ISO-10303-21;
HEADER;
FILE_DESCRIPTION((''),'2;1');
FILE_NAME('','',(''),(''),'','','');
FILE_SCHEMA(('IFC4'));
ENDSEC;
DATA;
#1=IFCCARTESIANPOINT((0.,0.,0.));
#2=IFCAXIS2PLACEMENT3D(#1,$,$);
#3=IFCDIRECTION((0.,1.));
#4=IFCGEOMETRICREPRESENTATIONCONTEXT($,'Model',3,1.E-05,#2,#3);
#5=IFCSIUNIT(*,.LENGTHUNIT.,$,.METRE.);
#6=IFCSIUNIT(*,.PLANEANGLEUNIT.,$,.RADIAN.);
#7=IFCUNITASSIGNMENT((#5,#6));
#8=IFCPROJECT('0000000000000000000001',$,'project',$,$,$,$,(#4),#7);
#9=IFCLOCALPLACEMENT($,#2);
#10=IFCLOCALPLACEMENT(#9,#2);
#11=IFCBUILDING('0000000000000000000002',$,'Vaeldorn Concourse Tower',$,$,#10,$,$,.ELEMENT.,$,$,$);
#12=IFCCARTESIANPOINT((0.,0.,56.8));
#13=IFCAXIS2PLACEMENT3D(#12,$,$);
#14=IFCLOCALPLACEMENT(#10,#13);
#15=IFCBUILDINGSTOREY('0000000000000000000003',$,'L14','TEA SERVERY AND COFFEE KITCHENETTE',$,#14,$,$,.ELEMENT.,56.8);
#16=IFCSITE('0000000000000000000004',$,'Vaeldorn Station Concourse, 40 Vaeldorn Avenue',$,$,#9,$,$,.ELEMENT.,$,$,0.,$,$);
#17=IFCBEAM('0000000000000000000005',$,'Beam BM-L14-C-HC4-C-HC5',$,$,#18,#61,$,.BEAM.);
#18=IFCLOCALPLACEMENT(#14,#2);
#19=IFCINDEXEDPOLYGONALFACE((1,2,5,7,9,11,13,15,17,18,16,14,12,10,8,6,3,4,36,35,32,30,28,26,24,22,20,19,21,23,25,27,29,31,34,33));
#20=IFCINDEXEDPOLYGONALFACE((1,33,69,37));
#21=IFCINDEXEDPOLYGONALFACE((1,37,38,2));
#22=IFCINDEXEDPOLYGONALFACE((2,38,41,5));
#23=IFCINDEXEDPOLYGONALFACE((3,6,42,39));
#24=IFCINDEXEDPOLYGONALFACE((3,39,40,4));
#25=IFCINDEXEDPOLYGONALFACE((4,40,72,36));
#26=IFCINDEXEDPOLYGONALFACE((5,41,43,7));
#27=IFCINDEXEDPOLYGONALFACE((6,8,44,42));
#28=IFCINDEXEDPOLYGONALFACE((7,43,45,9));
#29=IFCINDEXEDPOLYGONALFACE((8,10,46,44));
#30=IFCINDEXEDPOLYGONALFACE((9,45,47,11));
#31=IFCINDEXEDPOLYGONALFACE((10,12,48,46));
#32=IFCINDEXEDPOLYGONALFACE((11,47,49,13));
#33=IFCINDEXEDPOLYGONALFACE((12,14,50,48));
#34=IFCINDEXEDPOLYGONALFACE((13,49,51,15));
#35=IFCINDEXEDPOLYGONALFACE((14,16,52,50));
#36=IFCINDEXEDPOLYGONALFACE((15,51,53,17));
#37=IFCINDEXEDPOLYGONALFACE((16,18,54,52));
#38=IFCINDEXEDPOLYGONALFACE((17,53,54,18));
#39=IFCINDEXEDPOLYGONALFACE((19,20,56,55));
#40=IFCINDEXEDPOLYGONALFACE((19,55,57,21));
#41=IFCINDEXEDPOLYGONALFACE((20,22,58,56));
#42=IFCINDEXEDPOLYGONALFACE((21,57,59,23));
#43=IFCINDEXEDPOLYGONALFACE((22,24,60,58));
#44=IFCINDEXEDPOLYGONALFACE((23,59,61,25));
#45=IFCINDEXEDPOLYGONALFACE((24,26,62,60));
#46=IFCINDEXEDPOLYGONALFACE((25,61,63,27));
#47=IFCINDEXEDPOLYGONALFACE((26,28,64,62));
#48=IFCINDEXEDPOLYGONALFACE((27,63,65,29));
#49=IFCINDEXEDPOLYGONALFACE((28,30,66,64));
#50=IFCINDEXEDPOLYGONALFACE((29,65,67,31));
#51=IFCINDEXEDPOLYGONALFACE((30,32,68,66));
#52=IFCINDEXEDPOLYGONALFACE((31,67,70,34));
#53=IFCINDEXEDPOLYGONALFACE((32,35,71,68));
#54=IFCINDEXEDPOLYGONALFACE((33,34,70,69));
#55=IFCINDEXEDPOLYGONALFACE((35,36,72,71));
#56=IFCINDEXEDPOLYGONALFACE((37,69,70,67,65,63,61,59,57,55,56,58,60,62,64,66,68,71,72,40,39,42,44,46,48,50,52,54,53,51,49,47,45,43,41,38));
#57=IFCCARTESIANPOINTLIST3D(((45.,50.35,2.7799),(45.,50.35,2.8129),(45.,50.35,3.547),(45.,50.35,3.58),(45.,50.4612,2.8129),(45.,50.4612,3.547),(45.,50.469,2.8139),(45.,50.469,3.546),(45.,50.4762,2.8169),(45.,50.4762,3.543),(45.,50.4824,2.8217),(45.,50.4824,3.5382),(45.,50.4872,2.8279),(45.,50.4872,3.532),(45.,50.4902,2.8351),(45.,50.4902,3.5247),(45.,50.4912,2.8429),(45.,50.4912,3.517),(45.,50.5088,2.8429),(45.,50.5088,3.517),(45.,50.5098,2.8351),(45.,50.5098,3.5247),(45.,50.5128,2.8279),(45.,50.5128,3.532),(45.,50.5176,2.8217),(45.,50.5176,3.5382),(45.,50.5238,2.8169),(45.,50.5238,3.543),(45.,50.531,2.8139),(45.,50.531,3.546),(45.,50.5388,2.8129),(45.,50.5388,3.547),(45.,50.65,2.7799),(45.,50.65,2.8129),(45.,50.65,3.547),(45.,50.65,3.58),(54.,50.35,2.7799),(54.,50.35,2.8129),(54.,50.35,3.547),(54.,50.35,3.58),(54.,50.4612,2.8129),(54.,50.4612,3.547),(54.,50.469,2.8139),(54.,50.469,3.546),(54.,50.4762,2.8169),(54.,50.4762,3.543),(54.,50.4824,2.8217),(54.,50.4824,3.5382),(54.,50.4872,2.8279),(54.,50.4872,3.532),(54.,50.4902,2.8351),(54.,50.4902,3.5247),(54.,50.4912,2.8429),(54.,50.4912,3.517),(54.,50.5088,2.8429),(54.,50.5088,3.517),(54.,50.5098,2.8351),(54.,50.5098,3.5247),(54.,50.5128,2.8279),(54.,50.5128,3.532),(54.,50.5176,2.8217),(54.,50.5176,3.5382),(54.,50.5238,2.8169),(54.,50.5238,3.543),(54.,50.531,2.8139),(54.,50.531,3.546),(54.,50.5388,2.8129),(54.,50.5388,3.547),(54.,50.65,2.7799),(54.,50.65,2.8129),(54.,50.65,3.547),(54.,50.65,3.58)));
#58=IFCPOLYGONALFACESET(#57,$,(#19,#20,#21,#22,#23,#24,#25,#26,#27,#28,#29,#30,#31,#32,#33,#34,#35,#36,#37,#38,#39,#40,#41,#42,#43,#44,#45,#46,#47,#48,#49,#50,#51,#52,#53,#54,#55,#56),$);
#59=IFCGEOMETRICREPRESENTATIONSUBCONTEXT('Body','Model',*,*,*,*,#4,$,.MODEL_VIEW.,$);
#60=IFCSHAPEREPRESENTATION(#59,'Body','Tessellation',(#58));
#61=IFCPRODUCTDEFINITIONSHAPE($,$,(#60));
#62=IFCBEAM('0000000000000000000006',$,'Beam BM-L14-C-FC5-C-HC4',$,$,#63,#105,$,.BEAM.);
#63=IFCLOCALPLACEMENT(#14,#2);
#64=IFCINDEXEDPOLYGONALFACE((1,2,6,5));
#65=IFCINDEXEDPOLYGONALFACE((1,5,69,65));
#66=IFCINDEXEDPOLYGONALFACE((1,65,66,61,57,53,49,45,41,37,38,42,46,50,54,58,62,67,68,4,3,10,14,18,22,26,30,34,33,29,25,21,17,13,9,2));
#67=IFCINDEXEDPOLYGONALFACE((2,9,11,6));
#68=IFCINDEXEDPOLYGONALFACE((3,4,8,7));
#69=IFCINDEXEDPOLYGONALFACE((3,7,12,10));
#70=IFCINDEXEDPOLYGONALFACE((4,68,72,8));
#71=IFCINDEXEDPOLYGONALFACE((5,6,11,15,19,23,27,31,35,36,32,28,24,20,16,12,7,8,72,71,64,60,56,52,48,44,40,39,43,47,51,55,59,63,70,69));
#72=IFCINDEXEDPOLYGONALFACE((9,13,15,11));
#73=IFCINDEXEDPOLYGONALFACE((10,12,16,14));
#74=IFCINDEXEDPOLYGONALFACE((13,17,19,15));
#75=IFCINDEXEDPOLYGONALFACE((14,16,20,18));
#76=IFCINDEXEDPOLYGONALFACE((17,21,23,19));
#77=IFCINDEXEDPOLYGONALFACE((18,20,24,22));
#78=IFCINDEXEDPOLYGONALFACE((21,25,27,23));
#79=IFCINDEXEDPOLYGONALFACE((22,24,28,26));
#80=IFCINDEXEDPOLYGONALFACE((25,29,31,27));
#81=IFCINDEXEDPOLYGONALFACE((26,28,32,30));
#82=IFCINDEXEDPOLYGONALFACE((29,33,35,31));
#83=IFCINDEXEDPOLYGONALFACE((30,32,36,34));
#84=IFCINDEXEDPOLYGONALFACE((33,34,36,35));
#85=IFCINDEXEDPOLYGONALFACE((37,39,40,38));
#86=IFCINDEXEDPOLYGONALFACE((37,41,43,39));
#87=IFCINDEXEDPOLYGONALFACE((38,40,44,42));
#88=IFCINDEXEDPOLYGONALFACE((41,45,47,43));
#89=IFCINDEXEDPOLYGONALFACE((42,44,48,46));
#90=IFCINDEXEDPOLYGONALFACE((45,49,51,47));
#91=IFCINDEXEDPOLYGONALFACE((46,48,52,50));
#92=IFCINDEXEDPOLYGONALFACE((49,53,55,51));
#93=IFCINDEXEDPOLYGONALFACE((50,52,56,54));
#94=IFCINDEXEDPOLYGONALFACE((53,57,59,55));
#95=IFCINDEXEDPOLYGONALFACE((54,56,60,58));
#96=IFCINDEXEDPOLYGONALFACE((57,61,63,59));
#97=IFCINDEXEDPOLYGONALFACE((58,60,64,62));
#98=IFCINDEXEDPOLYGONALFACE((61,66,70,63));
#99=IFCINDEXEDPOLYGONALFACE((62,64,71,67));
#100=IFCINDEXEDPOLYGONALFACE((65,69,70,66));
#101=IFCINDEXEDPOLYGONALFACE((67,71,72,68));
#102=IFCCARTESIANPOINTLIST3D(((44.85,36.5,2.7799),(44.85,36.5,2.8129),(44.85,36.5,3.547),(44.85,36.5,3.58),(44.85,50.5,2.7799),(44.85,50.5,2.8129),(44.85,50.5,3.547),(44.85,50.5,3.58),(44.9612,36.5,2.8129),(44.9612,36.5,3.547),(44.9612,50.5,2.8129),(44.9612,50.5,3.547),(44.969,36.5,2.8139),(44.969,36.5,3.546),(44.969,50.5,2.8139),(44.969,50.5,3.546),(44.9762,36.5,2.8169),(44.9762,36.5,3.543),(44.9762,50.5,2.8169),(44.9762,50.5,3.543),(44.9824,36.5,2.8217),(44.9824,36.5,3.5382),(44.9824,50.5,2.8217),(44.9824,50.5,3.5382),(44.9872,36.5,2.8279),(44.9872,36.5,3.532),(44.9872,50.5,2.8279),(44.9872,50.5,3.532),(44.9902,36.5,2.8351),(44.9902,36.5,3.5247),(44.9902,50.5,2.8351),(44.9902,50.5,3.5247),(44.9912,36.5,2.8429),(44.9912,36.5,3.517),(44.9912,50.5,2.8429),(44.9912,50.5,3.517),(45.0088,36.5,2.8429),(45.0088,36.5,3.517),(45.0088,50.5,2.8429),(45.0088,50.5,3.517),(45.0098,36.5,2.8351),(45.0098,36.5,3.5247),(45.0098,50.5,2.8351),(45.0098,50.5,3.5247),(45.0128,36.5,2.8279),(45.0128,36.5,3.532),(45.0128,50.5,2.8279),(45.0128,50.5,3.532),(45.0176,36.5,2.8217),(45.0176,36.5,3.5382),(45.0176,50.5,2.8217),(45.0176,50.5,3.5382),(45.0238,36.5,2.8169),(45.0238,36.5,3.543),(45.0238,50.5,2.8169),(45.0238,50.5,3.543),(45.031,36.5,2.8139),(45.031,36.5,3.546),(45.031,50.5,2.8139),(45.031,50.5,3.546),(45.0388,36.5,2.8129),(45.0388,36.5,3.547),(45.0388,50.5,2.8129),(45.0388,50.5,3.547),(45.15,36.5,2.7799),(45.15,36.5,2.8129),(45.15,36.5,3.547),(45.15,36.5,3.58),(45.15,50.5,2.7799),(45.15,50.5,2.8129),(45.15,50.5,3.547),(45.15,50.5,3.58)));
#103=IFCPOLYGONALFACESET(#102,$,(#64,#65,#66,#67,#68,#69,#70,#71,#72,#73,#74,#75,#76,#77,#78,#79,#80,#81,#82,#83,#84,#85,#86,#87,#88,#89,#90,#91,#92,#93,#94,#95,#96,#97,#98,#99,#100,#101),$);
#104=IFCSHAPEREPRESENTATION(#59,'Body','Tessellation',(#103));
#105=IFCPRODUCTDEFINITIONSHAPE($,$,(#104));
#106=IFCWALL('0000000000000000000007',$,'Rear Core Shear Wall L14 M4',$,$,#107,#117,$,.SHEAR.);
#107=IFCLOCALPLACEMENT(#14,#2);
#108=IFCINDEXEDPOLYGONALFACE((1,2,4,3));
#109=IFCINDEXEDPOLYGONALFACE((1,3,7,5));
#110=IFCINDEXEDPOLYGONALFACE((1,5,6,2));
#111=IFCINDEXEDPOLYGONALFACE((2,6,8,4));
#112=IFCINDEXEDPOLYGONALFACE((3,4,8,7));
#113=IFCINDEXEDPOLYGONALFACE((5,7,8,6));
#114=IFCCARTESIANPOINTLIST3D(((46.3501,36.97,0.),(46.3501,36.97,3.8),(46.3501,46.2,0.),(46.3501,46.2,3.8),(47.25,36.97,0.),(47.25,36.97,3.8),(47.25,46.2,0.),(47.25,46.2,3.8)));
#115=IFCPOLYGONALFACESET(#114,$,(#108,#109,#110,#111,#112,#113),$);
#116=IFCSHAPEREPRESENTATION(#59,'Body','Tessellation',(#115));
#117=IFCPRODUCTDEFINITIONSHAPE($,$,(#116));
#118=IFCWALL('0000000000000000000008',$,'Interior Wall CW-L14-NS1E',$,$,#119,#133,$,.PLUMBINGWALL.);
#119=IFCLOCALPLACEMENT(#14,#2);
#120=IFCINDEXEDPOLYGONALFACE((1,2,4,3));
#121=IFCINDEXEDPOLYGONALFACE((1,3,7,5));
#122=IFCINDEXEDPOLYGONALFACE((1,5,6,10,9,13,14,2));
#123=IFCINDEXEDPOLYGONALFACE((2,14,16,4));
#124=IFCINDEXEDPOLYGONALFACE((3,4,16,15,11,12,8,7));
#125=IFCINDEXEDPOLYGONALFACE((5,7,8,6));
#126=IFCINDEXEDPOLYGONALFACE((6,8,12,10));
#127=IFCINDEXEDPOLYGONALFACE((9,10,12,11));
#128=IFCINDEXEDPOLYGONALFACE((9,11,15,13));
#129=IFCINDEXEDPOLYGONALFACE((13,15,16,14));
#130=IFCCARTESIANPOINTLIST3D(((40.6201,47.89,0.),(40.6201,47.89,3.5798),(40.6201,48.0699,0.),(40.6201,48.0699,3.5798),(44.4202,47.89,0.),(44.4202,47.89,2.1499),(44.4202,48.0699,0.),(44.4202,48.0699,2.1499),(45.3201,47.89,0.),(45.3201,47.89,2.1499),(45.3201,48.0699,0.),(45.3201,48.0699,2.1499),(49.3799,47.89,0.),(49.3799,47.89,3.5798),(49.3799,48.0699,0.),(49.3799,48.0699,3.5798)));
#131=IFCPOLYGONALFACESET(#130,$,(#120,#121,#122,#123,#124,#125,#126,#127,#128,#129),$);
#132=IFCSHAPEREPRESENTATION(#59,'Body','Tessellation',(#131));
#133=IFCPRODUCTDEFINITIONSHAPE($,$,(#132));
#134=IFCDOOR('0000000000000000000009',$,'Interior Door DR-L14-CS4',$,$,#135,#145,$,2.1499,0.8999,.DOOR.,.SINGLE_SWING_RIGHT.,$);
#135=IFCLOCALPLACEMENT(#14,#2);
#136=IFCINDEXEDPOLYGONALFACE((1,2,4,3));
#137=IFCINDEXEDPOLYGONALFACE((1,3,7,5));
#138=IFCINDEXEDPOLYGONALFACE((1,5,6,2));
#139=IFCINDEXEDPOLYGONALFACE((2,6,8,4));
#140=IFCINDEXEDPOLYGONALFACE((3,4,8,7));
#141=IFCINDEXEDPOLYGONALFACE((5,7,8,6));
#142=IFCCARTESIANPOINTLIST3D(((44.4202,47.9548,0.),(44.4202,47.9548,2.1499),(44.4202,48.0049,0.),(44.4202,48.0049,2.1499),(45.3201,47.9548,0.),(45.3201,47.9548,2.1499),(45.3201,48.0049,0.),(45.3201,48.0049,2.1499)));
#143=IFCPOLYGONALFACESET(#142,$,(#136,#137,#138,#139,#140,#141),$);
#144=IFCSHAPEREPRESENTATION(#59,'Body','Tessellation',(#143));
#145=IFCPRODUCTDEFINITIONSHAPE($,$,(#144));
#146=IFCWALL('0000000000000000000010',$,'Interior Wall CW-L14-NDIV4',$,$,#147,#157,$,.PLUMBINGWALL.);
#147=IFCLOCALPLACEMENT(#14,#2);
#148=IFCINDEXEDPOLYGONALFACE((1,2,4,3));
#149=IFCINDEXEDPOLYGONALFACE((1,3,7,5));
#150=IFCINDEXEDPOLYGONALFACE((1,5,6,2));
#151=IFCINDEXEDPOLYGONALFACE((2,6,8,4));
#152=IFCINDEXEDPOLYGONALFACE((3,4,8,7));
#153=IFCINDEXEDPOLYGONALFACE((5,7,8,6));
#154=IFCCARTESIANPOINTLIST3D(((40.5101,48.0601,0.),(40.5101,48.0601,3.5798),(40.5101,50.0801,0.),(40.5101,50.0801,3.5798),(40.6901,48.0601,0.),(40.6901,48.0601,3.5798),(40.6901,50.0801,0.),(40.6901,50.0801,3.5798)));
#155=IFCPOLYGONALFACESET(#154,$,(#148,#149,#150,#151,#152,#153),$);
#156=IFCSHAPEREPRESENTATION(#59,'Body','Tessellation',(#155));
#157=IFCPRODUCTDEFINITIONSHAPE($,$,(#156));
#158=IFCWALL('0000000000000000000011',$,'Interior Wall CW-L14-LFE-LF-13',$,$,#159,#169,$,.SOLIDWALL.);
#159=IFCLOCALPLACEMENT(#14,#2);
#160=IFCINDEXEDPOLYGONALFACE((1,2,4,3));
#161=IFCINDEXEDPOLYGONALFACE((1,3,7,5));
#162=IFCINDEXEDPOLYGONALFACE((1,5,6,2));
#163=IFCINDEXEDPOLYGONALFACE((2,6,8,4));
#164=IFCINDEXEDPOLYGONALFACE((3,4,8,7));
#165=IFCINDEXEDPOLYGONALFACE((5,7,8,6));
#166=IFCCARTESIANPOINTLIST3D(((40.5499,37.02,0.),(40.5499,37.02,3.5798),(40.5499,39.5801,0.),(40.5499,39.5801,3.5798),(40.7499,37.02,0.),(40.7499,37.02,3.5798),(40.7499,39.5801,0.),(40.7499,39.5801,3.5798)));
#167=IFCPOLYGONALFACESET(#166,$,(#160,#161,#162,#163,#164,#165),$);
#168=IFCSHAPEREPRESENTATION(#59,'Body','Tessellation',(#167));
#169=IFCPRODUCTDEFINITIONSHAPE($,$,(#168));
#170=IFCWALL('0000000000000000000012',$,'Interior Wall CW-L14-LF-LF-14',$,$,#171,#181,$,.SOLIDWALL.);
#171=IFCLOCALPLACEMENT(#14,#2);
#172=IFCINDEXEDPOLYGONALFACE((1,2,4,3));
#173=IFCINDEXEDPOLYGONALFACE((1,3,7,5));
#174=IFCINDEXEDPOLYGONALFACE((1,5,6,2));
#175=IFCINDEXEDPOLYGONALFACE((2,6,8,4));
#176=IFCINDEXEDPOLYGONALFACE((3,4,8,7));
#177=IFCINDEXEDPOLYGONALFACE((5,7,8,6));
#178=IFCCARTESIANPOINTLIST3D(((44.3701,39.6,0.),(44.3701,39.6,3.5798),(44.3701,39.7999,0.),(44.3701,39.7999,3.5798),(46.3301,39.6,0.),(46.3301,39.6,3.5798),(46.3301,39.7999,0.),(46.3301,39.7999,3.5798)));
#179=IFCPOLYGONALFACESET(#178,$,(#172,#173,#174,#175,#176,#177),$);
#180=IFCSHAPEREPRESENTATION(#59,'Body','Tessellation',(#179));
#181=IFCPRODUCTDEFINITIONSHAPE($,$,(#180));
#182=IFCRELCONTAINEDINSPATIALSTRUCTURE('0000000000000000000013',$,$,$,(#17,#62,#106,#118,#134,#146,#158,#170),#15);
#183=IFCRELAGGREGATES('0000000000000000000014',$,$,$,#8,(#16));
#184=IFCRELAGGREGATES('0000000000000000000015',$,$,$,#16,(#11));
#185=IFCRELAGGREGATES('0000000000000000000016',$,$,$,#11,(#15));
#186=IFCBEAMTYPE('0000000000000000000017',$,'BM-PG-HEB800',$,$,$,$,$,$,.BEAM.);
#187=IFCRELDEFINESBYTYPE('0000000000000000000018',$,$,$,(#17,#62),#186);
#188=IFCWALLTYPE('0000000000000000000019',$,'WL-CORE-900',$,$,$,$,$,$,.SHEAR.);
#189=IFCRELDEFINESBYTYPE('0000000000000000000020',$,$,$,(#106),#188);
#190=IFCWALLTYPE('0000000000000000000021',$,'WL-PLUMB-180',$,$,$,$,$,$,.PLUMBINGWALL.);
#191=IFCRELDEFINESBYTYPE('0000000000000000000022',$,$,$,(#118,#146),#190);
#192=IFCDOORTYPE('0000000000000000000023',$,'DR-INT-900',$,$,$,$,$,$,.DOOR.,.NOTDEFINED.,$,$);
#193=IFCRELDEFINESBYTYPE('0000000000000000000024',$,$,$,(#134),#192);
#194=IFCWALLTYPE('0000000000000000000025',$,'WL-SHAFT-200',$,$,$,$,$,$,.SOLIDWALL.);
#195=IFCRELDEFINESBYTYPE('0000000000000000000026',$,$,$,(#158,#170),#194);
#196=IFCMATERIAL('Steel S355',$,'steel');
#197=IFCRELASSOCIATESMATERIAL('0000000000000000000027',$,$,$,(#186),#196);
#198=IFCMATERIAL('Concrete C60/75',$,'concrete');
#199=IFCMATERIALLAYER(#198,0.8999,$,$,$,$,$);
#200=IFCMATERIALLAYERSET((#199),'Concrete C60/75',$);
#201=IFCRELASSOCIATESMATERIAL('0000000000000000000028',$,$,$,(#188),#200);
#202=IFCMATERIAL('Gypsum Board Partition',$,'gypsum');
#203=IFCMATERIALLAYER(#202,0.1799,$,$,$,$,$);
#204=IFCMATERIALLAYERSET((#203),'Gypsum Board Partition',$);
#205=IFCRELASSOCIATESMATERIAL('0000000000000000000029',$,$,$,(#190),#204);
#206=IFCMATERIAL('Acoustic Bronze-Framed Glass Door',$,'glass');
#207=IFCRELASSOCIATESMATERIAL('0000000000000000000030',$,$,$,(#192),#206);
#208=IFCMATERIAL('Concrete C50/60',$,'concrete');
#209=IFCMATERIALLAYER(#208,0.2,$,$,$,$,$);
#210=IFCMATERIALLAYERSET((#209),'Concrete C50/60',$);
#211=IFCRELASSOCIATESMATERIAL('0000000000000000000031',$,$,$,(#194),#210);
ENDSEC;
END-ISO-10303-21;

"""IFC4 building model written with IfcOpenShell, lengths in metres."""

from ifc_helpers import new_model, si_unit, direction, frame, frame_2d, origin, origin_2d, place, context, subcontext, project, spatial, rectangle, i_section, extrude, source, transform, mapped, material, layer, layer_set, material_profile, profile_set, type_object, element, fill, save


model = new_model("IFC4")

# Units and contexts
model_context = context("Model", 3, precision=1e-05, world=origin(), true_north=direction((0.0, 1.0)))
body_context = subcontext(model_context, "Body", "Model", "MODEL_VIEW")
ifc_project = project(units=[si_unit("LENGTHUNIT", "METRE"), si_unit("PLANEANGLEUNIT", "RADIAN")], contexts=[model_context])

# Site, building, storey
site_placement = place(None, origin())
site = spatial("IfcSite", under=ifc_project, at=site_placement, Name="Vaeldorn Station Concourse, 40 Vaeldorn Avenue", CompositionType="ELEMENT", RefElevation=0.0)
building_placement = place(site_placement, origin())
building = spatial("IfcBuilding", under=site, at=building_placement, Name="Vaeldorn Concourse Tower", CompositionType="ELEMENT")
storey_placement = place(building_placement, frame((0.0, 0.0, 56.8)))
storey = spatial("IfcBuildingStorey", under=building, at=storey_placement, Name="L14", Description="TEA SERVERY AND COFFEE KITCHENETTE", CompositionType="ELEMENT", Elevation=56.8)

# Beams
ifc_material_1 = material(Name="Concrete C60/75", Category="concrete")
ifc_material_2 = material(Name="Steel S355", Category="steel")
ifc_material_profile_1 = material_profile(ifc_material_2, i_section(OverallWidth=0.3, OverallDepth=0.8, WebThickness=0.0176, FlangeThickness=0.033, FilletRadius=0.03, at=origin_2d()), Name="HEB 800")
ifc_profile_set_1 = profile_set([ifc_material_profile_1], Name="Steel S355")
beam_type_1 = type_object("IfcBeamType", Name="BM-PG-HEB800", PredefinedType="BEAM", material=ifc_profile_set_1)
shared_shape_1 = source(origin(), body_context, "Body", "SweptSolid", [
    extrude(i_section(OverallWidth=0.3, OverallDepth=0.8, WebThickness=0.0176, FlangeThickness=0.033, FilletRadius=0.03, at=origin_2d()), origin(), (0.0, 0.0, 1.0), 9.0),
])
beam_1_placement = place(storey_placement, frame((45.0, 50.5, 3.1799), z_axis=(1.0, 0.0, 0.0), x_axis=(0.0, 1.0, 0.0)))
element("IfcBeam", 1, at=beam_1_placement, inside=storey, type_object=beam_type_1, Name="Beam BM-L14-C-HC4-C-HC5", PredefinedType="BEAM", context=body_context, shape_type="MappedRepresentation", body=[
    mapped(shared_shape_1, transform((0.0, 0.0, 0.0), scale=1.0)),
])
shared_shape_2 = source(origin(), body_context, "Body", "SweptSolid", [
    extrude(i_section(OverallWidth=0.3, OverallDepth=0.8, WebThickness=0.0176, FlangeThickness=0.033, FilletRadius=0.03, at=origin_2d()), origin(), (0.0, 0.0, 1.0), 14.0),
])
beam_2_placement = place(storey_placement, frame((45.0, 36.5, 3.1799), z_axis=(0.0, 1.0, 0.0), x_axis=(-1.0, 0.0, 0.0)))
element("IfcBeam", 2, at=beam_2_placement, inside=storey, type_object=beam_type_1, Name="Beam BM-L14-C-FC5-C-HC4", PredefinedType="BEAM", context=body_context, shape_type="MappedRepresentation", body=[
    mapped(shared_shape_2, transform((0.0, 0.0, 0.0), scale=1.0)),
])

# Wall
ifc_layer_1 = layer(ifc_material_1, 0.8999)
ifc_layer_set_1 = layer_set([ifc_layer_1], Name="Concrete C60/75")
wall_type_1 = type_object("IfcWallType", Name="WL-CORE-900", PredefinedType="SHEAR", material=ifc_layer_set_1)
wall_1_placement = place(storey_placement, frame((46.8, 36.97, 0.0), z_axis=(0.0, 0.0, 1.0), x_axis=(0.0, 1.0, 0.0)))
element("IfcWall", 3, at=wall_1_placement, inside=storey, type_object=wall_type_1, Name="Rear Core Shear Wall L14 M4", PredefinedType="SHEAR", context=body_context, shape_type="SweptSolid", body=[
    extrude(rectangle(XDim=9.23, YDim=0.8999, at=frame_2d((4.615, 0.0))), origin(), (0.0, 0.0, 1.0), 3.8),
])

# Wall, opening, door
ifc_material_3 = material(Name="Gypsum Board Partition", Category="gypsum")
ifc_layer_2 = layer(ifc_material_3, 0.1799)
ifc_layer_set_2 = layer_set([ifc_layer_2], Name="Gypsum Board Partition")
wall_type_2 = type_object("IfcWallType", Name="WL-PLUMB-180", PredefinedType="PLUMBINGWALL", material=ifc_layer_set_2)
wall_2_placement = place(storey_placement, frame((40.6201, 47.98, 0.0), z_axis=(0.0, 0.0, 1.0), x_axis=(1.0, 0.0, 0.0)))
wall_2 = element("IfcWall", 4, at=wall_2_placement, inside=storey, type_object=wall_type_2, Name="Interior Wall CW-L14-NS1E", PredefinedType="PLUMBINGWALL", context=body_context, shape_type="SweptSolid", body=[
    extrude(rectangle(XDim=8.7598, YDim=0.1799, at=frame_2d((4.3799, 0.0))), origin(), (0.0, 0.0, 1.0), 3.5798),
])
opening_1_placement = place(wall_2_placement, frame((3.8, 0.0, 0.0)))
opening_1 = element("IfcOpeningElement", 5, at=opening_1_placement, cuts=wall_2, PredefinedType="OPENING", context=body_context, shape_type="SweptSolid", body=[
    extrude(rectangle(XDim=0.8999, YDim=2.1499, at=frame_2d((0.45, 1.075))), frame((0.0, 0.1001, 0.0), z_axis=(0.0, -1.0, 0.0), x_axis=(1.0, 0.0, 0.0)), (0.0, 0.0, 1.0), 0.2),
])
ifc_material_4 = material(Name="Acoustic Bronze-Framed Glass Door", Category="glass")
door_type_1 = type_object("IfcDoorType", Name="DR-INT-900", OperationType="NOTDEFINED", PredefinedType="DOOR", material=ifc_material_4)
shared_shape_3 = source(origin(), body_context, "Body", "SweptSolid", [
    extrude(rectangle(XDim=0.8999, YDim=2.1499, at=frame_2d((0.45, 1.075))), frame((0.0, 0.0249, 0.0), z_axis=(0.0, -1.0, 0.0), x_axis=(1.0, 0.0, 0.0)), (0.0, 0.0, 1.0), 0.05),
])
door_1_placement = place(opening_1_placement, origin())
door_1 = element("IfcDoor", 6, at=door_1_placement, inside=storey, type_object=door_type_1, Name="Interior Door DR-L14-CS4", OperationType="SINGLE_SWING_RIGHT", OverallHeight=2.1499, OverallWidth=0.8999, PredefinedType="DOOR", context=body_context, shape_type="MappedRepresentation", body=[
    mapped(shared_shape_3, transform((0.0, 0.0, 0.0), scale=1.0)),
])
fill(opening_1, door_1)

# Wall
wall_3_placement = place(storey_placement, frame((40.6001, 48.0601, 0.0), z_axis=(0.0, 0.0, 1.0), x_axis=(0.0, 1.0, 0.0)))
element("IfcWall", 7, at=wall_3_placement, inside=storey, type_object=wall_type_2, Name="Interior Wall CW-L14-NDIV4", PredefinedType="PLUMBINGWALL", context=body_context, shape_type="SweptSolid", body=[
    extrude(rectangle(XDim=2.02, YDim=0.1799, at=frame_2d((1.01, 0.0))), origin(), (0.0, 0.0, 1.0), 3.5798),
])

# Shared definitions
ifc_material_5 = material(Name="Concrete C50/60", Category="concrete")
ifc_layer_3 = layer(ifc_material_5, 0.2)
ifc_layer_set_3 = layer_set([ifc_layer_3], Name="Concrete C50/60")
wall_type_3 = type_object("IfcWallType", Name="WL-SHAFT-200", PredefinedType="SOLIDWALL", material=ifc_layer_set_3)

# Walls
wall_4_placement = place(storey_placement, frame((40.6499, 37.02, 0.0), z_axis=(0.0, 0.0, 1.0), x_axis=(0.0, 1.0, 0.0)))
element("IfcWall", 8, at=wall_4_placement, inside=storey, type_object=wall_type_3, Name="Interior Wall CW-L14-LFE-LF-13", PredefinedType="SOLIDWALL", context=body_context, shape_type="SweptSolid", body=[
    extrude(rectangle(XDim=2.5601, YDim=0.2, at=frame_2d((1.28, 0.0))), origin(), (0.0, 0.0, 1.0), 3.5798),
])
wall_5_placement = place(storey_placement, frame((44.3701, 39.7, 0.0), z_axis=(0.0, 0.0, 1.0), x_axis=(1.0, 0.0, 0.0)))
element("IfcWall", 9, at=wall_5_placement, inside=storey, type_object=wall_type_3, Name="Interior Wall CW-L14-LF-LF-14", PredefinedType="SOLIDWALL", context=body_context, shape_type="SweptSolid", body=[
    extrude(rectangle(XDim=1.96, YDim=0.2, at=frame_2d((0.98, 0.0))), origin(), (0.0, 0.0, 1.0), 3.5798),
])

save(model, "model.ifc")
